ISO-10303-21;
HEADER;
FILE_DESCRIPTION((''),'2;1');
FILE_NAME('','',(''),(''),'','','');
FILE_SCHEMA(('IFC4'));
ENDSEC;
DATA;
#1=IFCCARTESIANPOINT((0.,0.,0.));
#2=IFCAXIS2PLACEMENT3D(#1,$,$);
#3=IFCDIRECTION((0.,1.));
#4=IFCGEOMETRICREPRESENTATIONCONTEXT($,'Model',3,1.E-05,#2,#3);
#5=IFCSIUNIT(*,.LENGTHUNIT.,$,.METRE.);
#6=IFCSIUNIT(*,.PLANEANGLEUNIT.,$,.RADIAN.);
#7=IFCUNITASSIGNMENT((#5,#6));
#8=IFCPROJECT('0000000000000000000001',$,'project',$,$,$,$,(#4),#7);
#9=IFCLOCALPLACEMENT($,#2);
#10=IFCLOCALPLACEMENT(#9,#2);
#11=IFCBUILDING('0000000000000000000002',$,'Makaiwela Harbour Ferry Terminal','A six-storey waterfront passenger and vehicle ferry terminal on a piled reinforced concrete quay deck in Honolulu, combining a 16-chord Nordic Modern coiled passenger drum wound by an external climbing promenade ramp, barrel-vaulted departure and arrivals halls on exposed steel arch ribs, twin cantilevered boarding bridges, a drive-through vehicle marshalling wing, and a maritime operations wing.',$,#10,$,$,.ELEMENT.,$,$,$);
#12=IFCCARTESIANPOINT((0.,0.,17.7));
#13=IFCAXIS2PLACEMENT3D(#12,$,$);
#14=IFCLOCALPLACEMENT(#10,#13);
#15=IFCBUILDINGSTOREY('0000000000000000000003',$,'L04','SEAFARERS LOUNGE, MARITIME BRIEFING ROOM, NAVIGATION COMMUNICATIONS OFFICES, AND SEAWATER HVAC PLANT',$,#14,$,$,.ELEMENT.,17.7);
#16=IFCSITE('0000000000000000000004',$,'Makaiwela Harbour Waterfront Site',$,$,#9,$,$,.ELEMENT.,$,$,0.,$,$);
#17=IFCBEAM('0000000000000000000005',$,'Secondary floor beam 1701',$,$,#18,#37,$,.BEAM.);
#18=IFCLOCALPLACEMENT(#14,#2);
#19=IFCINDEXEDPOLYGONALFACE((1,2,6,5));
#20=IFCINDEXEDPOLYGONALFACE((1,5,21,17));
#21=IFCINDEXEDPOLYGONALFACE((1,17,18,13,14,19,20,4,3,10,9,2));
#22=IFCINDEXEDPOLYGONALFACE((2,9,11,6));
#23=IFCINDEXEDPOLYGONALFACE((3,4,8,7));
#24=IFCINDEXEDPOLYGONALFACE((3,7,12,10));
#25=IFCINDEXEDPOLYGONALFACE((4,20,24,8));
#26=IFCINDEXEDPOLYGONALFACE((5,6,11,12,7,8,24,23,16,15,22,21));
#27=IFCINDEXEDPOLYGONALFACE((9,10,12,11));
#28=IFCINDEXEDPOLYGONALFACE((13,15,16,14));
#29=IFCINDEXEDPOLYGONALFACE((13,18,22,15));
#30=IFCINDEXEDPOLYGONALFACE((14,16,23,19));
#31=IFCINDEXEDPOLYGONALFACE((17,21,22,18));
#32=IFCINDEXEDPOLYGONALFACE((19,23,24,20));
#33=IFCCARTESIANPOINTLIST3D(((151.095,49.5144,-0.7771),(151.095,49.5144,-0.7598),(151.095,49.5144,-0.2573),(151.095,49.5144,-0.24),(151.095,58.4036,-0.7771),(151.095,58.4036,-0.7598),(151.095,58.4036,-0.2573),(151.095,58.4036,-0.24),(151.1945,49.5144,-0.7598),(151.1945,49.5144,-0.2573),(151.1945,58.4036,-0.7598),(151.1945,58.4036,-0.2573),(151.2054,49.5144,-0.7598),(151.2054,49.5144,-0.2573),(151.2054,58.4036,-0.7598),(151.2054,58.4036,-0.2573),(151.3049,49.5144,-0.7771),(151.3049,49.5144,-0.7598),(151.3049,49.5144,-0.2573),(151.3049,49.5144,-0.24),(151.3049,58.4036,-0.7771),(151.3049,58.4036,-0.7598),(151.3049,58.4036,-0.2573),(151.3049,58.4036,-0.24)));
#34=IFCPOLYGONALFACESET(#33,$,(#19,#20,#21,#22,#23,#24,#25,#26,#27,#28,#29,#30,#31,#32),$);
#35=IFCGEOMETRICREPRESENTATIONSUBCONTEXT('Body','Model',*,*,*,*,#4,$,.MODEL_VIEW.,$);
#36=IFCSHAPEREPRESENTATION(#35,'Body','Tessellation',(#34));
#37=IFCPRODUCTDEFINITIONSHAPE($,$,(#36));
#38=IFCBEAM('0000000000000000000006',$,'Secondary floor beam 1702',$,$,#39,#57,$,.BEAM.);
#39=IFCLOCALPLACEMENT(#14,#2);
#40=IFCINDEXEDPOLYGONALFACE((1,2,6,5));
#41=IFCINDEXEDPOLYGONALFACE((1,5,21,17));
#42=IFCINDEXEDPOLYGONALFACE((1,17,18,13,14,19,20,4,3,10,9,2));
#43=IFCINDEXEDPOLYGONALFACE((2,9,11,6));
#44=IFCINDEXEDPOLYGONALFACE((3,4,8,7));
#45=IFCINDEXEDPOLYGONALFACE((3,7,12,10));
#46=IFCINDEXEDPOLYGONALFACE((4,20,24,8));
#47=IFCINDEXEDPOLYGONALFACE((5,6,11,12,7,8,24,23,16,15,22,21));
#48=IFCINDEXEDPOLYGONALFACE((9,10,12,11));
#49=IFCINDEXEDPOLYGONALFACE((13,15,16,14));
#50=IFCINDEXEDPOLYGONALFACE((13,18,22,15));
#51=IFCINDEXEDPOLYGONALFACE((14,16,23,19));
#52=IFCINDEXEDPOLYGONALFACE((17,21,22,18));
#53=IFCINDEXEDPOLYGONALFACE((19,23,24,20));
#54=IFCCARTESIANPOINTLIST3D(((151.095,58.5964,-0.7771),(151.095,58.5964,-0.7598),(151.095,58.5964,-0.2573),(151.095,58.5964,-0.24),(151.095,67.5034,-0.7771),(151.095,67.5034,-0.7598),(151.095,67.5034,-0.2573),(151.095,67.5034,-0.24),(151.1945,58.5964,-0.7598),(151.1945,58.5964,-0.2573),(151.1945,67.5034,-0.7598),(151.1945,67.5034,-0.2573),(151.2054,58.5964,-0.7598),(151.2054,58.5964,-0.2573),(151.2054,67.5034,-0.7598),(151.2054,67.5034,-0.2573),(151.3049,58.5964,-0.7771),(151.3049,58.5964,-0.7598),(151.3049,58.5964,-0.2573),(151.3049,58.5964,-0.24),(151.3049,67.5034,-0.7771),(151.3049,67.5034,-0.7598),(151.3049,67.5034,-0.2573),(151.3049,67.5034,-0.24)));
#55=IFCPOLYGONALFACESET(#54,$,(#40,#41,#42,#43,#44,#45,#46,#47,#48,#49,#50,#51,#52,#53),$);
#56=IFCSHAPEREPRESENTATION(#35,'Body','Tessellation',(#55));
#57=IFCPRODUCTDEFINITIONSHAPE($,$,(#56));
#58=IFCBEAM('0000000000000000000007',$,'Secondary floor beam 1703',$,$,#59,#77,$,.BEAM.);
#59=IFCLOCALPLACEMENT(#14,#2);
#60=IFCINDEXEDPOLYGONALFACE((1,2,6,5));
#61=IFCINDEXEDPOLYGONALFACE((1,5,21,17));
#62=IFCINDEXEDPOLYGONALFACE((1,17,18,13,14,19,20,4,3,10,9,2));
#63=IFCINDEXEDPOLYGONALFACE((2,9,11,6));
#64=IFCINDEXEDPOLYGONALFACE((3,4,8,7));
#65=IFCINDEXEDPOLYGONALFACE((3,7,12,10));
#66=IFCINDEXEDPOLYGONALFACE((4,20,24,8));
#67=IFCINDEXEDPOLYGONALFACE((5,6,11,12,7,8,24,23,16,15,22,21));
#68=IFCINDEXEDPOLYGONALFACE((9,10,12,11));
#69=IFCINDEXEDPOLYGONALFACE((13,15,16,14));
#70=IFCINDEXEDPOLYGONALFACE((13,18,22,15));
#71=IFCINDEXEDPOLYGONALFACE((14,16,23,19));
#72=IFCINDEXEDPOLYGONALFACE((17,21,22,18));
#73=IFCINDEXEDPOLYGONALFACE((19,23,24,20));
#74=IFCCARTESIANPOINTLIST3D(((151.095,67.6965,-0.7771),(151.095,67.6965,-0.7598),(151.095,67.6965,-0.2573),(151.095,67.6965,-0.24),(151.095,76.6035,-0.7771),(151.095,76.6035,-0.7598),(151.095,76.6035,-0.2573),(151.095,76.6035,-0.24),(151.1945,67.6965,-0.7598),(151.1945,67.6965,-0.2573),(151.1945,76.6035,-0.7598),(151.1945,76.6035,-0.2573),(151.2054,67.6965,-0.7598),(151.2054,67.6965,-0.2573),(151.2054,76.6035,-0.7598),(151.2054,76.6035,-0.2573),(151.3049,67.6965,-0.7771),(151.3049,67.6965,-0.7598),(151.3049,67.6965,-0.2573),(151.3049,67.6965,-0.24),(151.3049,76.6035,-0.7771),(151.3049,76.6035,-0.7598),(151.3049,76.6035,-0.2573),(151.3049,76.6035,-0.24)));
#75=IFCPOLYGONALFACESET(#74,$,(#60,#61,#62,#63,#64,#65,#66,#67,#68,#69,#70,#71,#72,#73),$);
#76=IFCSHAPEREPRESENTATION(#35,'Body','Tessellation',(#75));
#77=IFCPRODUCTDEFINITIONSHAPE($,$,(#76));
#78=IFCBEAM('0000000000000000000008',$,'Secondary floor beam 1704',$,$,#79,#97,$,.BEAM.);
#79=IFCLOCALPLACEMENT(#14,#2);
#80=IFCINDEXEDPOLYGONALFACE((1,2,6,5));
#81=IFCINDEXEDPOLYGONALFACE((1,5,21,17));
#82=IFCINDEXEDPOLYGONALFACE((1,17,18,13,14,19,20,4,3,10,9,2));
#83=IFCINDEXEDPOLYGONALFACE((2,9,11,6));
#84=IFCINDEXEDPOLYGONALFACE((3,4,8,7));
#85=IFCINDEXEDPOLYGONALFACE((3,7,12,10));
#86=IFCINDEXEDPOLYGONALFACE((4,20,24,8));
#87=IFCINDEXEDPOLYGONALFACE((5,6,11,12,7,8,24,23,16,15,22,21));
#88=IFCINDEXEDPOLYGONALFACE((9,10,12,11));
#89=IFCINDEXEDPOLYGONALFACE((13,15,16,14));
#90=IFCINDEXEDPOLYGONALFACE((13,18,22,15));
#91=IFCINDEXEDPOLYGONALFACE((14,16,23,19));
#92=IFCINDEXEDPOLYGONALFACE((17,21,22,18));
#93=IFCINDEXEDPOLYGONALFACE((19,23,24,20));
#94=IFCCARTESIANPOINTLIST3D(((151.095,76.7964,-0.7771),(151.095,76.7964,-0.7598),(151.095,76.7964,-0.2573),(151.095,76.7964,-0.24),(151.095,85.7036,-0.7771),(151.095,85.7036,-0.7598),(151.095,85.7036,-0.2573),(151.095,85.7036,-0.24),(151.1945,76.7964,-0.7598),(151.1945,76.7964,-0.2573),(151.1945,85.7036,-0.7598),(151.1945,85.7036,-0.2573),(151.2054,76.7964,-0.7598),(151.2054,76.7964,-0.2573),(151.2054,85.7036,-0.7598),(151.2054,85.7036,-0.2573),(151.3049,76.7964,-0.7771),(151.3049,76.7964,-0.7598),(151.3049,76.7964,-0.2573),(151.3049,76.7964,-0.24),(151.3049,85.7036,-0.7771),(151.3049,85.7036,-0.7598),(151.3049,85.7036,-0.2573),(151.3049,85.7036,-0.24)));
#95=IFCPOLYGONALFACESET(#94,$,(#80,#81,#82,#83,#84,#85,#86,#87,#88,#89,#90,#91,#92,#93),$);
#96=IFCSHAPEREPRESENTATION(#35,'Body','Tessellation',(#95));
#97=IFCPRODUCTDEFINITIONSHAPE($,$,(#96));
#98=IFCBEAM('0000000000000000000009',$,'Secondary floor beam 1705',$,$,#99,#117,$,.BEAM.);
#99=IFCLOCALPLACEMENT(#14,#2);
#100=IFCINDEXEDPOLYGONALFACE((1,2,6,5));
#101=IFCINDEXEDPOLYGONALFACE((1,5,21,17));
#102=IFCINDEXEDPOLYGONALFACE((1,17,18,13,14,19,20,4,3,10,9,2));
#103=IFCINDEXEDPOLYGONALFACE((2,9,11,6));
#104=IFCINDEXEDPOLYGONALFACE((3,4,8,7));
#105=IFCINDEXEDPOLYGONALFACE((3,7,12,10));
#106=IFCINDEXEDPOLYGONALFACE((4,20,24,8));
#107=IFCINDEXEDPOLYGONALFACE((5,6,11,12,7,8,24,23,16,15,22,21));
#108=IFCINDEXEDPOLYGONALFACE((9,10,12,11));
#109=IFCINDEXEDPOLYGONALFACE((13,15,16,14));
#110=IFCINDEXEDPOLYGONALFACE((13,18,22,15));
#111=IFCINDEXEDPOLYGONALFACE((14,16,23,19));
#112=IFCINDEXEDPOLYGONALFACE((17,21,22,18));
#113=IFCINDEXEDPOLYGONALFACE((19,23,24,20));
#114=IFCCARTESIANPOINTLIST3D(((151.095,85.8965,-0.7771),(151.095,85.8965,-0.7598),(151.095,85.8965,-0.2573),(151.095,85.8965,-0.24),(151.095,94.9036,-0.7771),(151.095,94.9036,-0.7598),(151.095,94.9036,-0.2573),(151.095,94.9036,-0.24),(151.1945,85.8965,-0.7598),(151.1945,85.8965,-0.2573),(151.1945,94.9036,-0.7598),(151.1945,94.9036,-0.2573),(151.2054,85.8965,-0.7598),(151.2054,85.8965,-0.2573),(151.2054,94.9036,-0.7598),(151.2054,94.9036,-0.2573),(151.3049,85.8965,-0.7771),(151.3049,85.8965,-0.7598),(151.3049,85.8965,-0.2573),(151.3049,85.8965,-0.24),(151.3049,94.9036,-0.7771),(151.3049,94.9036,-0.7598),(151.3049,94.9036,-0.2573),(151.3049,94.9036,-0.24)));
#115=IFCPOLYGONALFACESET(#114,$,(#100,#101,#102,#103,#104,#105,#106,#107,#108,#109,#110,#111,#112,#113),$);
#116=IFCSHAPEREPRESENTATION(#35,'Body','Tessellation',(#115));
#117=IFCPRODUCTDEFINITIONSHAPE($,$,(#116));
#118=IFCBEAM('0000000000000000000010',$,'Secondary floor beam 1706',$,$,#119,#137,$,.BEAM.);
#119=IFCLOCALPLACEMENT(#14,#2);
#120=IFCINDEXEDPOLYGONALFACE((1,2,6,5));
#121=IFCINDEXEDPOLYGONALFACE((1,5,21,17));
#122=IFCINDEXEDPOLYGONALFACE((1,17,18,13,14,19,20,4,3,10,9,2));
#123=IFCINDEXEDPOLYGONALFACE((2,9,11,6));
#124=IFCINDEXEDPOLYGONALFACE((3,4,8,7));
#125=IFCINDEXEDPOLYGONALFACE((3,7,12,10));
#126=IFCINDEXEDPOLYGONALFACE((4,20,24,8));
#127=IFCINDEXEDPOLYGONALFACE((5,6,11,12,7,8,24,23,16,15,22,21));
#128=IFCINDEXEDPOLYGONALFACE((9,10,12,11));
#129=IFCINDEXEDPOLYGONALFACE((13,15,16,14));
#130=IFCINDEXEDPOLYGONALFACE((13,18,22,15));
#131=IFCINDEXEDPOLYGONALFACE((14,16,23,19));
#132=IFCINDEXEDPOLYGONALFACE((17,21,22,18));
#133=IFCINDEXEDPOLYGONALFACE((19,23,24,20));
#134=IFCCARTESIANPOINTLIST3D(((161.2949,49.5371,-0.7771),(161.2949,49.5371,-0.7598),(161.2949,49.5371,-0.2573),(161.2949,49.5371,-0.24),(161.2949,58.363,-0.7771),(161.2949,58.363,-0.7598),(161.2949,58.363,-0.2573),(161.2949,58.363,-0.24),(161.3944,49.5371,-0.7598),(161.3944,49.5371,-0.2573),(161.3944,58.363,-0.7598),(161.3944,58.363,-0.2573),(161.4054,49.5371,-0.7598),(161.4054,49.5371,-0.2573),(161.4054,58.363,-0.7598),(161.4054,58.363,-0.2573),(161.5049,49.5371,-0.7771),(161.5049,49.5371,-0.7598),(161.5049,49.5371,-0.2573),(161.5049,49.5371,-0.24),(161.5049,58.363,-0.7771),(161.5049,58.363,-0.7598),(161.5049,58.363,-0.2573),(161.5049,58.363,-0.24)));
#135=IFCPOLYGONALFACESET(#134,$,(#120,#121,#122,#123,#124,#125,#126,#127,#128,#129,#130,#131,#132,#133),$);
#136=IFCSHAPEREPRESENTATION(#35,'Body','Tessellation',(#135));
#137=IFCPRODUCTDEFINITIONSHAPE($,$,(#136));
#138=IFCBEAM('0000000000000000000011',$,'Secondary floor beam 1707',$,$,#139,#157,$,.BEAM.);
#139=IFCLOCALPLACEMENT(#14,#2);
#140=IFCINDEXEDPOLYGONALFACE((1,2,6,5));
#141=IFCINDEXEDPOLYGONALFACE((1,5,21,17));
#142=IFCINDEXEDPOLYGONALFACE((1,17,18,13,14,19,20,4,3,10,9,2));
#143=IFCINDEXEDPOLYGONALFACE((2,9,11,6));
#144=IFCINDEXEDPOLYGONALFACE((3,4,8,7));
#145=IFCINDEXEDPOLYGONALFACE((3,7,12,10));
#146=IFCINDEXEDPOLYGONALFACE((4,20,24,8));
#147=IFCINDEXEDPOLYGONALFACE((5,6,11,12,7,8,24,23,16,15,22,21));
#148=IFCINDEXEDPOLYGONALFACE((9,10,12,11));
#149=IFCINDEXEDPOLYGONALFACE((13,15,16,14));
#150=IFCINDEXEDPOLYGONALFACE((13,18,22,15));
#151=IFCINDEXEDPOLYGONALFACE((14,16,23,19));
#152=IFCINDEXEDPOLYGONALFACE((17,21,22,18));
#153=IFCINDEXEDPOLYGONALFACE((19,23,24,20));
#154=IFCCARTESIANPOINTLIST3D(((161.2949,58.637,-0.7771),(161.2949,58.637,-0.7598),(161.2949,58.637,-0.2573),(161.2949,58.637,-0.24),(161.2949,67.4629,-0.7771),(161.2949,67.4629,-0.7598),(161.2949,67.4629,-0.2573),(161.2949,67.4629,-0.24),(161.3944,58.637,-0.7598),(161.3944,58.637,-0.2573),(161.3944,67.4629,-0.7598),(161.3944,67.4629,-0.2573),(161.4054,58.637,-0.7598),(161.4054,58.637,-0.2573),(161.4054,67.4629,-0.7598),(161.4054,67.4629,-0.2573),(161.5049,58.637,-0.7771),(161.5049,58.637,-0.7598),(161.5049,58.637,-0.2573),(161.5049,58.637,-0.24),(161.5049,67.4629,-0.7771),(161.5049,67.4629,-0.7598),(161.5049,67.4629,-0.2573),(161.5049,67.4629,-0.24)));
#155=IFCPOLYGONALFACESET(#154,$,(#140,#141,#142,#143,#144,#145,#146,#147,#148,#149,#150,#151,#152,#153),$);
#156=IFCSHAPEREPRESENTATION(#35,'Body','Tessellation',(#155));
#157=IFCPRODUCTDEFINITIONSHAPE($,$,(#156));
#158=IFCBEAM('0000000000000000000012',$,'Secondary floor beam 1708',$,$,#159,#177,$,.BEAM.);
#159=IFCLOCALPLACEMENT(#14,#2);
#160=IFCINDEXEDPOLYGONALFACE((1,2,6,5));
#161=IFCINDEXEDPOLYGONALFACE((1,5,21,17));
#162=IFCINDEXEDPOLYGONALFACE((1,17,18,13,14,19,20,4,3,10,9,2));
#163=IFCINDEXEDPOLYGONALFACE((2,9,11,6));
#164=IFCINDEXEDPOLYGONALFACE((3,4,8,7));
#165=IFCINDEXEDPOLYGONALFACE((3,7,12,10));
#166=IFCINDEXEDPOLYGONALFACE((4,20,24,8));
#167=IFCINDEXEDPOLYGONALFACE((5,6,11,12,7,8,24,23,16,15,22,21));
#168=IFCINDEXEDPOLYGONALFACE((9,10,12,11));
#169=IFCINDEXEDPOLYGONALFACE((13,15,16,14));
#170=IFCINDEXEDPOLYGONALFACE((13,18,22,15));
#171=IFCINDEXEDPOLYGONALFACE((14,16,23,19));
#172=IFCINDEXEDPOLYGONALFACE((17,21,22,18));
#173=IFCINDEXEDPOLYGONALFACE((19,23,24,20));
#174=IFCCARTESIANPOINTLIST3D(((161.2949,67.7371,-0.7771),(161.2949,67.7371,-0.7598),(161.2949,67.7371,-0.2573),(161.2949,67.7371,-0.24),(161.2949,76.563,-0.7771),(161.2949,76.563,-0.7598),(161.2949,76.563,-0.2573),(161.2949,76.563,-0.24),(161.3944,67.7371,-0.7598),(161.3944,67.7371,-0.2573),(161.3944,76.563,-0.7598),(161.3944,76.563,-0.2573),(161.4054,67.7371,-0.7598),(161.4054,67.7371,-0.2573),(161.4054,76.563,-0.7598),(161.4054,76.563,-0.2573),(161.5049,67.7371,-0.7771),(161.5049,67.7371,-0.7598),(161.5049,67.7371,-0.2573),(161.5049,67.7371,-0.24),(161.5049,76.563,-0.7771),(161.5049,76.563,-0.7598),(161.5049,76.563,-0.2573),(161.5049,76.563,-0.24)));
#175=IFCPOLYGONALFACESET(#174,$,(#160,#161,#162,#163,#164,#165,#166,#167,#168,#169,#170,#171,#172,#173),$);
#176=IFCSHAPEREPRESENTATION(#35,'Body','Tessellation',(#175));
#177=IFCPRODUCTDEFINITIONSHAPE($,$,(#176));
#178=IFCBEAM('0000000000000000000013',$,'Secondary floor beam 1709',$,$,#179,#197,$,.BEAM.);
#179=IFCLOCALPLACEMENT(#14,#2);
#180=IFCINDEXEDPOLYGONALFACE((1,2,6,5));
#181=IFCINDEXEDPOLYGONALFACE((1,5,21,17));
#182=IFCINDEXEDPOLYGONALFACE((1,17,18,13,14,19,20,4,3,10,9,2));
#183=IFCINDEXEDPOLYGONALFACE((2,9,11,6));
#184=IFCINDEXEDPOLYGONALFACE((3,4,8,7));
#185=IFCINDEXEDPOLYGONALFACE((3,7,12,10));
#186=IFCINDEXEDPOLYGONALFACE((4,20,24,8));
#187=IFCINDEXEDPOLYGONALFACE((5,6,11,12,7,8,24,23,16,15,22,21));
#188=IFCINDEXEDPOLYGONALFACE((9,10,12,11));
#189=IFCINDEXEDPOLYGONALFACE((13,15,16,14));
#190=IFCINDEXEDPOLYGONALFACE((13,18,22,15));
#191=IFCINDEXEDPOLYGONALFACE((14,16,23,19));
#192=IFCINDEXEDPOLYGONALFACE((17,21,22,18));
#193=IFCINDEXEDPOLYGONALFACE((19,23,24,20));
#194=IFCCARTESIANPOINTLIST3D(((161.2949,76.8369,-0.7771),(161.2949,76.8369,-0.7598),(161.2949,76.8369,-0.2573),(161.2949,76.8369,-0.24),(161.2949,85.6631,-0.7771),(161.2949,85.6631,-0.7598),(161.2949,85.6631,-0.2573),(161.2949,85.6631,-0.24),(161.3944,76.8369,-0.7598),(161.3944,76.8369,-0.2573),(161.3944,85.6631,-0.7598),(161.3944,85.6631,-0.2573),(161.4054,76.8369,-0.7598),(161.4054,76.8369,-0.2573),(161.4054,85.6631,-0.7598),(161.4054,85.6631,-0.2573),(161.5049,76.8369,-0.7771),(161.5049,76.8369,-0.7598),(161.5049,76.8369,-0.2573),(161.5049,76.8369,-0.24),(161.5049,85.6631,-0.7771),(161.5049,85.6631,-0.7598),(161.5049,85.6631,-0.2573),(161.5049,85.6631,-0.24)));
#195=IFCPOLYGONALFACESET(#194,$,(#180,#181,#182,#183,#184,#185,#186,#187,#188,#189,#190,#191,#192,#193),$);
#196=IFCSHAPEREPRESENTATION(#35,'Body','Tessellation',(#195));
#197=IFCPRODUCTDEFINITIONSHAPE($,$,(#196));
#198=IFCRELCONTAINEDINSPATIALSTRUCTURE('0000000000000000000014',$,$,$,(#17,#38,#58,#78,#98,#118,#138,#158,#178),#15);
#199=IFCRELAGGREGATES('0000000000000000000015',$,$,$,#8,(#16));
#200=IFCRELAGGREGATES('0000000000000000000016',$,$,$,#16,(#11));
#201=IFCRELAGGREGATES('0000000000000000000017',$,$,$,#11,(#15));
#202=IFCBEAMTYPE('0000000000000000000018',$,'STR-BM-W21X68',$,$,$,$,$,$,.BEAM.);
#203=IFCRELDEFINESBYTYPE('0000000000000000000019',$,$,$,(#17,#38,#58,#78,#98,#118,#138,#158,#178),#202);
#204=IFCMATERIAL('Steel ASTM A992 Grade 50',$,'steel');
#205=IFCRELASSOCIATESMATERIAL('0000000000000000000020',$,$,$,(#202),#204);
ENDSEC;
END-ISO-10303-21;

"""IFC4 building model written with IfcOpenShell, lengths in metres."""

from ifc_helpers import new_model, si_unit, direction, frame, origin, origin_2d, place, context, subcontext, project, spatial, i_section, extrude, material, material_profile, profile_set, type_object, element, save


model = new_model("IFC4")

# Units and contexts
model_context = context("Model", 3, precision=1e-05, world=origin(), true_north=direction((0.0, 1.0)))
body_context = subcontext(model_context, "Body", "Model", "MODEL_VIEW")
ifc_project = project(units=[si_unit("LENGTHUNIT", "METRE"), si_unit("PLANEANGLEUNIT", "RADIAN")], contexts=[model_context])

# Site, building, storey
site_placement = place(None, origin())
site = spatial("IfcSite", under=ifc_project, at=site_placement, Name="Makaiwela Harbour Waterfront Site", CompositionType="ELEMENT", RefElevation=0.0)
building_placement = place(site_placement, origin())
building = spatial("IfcBuilding", under=site, at=building_placement, Name="Makaiwela Harbour Ferry Terminal", Description="A six-storey waterfront passenger and vehicle ferry terminal on a piled reinforced concrete quay deck in Honolulu, combining a 16-chord Nordic Modern coiled passenger drum wound by an external climbing promenade ramp, barrel-vaulted departure and arrivals halls on exposed steel arch ribs, twin cantilevered boarding bridges, a drive-through vehicle marshalling wing, and a maritime operations wing.", CompositionType="ELEMENT")
storey_placement = place(building_placement, frame((0.0, 0.0, 17.7)))
storey = spatial("IfcBuildingStorey", under=building, at=storey_placement, Name="L04", Description="SEAFARERS LOUNGE, MARITIME BRIEFING ROOM, NAVIGATION COMMUNICATIONS OFFICES, AND SEAWATER HVAC PLANT", CompositionType="ELEMENT", Elevation=17.7)

# Beams
ifc_material_1 = material(Name="Steel ASTM A992 Grade 50", Category="steel")
ifc_material_profile_1 = material_profile(ifc_material_1, i_section(OverallWidth=0.21, OverallDepth=0.5371, WebThickness=0.011, FlangeThickness=0.0173, at=origin_2d()), Name="W21X68")
ifc_profile_set_1 = profile_set([ifc_material_profile_1], Name="Steel ASTM A992 Grade 50")
beam_type_1 = type_object("IfcBeamType", Name="STR-BM-W21X68", PredefinedType="BEAM", material=ifc_profile_set_1)
beam_1_placement = place(storey_placement, frame((151.2, 49.5144, -0.5085), z_axis=(0.0, 1.0, 0.0), x_axis=(-1.0, 0.0, 0.0)))
element("IfcBeam", 1, at=beam_1_placement, inside=storey, type_object=beam_type_1, Name="Secondary floor beam 1701", PredefinedType="BEAM", context=body_context, shape_type="SweptSolid", body=[
    extrude(i_section(OverallWidth=0.21, OverallDepth=0.5371, WebThickness=0.011, FlangeThickness=0.0173, at=origin_2d()), origin(), (0.0, 0.0, 1.0), 8.8892),
])
for number, where, z_axis, x_axis, name in (
    (2, (151.2, 58.5964, -0.5085), (0.0, 1.0, 0.0), (-1.0, 0.0, 0.0), "Secondary floor beam 1702"),
    (3, (151.2, 67.6965, -0.5085), (0.0, 1.0, 0.0), (-1.0, 0.0, 0.0), "Secondary floor beam 1703"),
):
    element("IfcBeam", number, at=place(storey_placement, frame(where, z_axis=z_axis, x_axis=x_axis)), inside=storey, type_object=beam_type_1, Name=name, PredefinedType="BEAM", context=body_context, shape_type="SweptSolid", body=[
        extrude(i_section(OverallWidth=0.21, OverallDepth=0.5371, WebThickness=0.011, FlangeThickness=0.0173, at=origin_2d()), origin(), (0.0, 0.0, 1.0), 8.907),
    ])
beam_2_placement = place(storey_placement, frame((151.2, 76.7964, -0.5085), z_axis=(0.0, 1.0, 0.0), x_axis=(-1.0, 0.0, 0.0)))
element("IfcBeam", 4, at=beam_2_placement, inside=storey, type_object=beam_type_1, Name="Secondary floor beam 1704", PredefinedType="BEAM", context=body_context, shape_type="SweptSolid", body=[
    extrude(i_section(OverallWidth=0.21, OverallDepth=0.5371, WebThickness=0.011, FlangeThickness=0.0173, at=origin_2d()), origin(), (0.0, 0.0, 1.0), 8.9072),
])
beam_3_placement = place(storey_placement, frame((151.2, 85.8965, -0.5085), z_axis=(0.0, 1.0, 0.0), x_axis=(-1.0, 0.0, 0.0)))
element("IfcBeam", 5, at=beam_3_placement, inside=storey, type_object=beam_type_1, Name="Secondary floor beam 1705", PredefinedType="BEAM", context=body_context, shape_type="SweptSolid", body=[
    extrude(i_section(OverallWidth=0.21, OverallDepth=0.5371, WebThickness=0.011, FlangeThickness=0.0173, at=origin_2d()), origin(), (0.0, 0.0, 1.0), 9.0071),
])
for number, where, z_axis, x_axis, name in (
    (6, (161.3999, 49.5371, -0.5085), (0.0, 1.0, 0.0), (-1.0, 0.0, 0.0), "Secondary floor beam 1706"),
    (7, (161.3999, 58.637, -0.5085), (0.0, 1.0, 0.0), (-1.0, 0.0, 0.0), "Secondary floor beam 1707"),
    (8, (161.3999, 67.7371, -0.5085), (0.0, 1.0, 0.0), (-1.0, 0.0, 0.0), "Secondary floor beam 1708"),
):
    element("IfcBeam", number, at=place(storey_placement, frame(where, z_axis=z_axis, x_axis=x_axis)), inside=storey, type_object=beam_type_1, Name=name, PredefinedType="BEAM", context=body_context, shape_type="SweptSolid", body=[
        extrude(i_section(OverallWidth=0.21, OverallDepth=0.5371, WebThickness=0.011, FlangeThickness=0.0173, at=origin_2d()), origin(), (0.0, 0.0, 1.0), 8.8259),
    ])
beam_4_placement = place(storey_placement, frame((161.3999, 76.8369, -0.5085), z_axis=(0.0, 1.0, 0.0), x_axis=(-1.0, 0.0, 0.0)))
element("IfcBeam", 9, at=beam_4_placement, inside=storey, type_object=beam_type_1, Name="Secondary floor beam 1709", PredefinedType="BEAM", context=body_context, shape_type="SweptSolid", body=[
    extrude(i_section(OverallWidth=0.21, OverallDepth=0.5371, WebThickness=0.011, FlangeThickness=0.0173, at=origin_2d()), origin(), (0.0, 0.0, 1.0), 8.8262),
])

save(model, "model.ifc")
